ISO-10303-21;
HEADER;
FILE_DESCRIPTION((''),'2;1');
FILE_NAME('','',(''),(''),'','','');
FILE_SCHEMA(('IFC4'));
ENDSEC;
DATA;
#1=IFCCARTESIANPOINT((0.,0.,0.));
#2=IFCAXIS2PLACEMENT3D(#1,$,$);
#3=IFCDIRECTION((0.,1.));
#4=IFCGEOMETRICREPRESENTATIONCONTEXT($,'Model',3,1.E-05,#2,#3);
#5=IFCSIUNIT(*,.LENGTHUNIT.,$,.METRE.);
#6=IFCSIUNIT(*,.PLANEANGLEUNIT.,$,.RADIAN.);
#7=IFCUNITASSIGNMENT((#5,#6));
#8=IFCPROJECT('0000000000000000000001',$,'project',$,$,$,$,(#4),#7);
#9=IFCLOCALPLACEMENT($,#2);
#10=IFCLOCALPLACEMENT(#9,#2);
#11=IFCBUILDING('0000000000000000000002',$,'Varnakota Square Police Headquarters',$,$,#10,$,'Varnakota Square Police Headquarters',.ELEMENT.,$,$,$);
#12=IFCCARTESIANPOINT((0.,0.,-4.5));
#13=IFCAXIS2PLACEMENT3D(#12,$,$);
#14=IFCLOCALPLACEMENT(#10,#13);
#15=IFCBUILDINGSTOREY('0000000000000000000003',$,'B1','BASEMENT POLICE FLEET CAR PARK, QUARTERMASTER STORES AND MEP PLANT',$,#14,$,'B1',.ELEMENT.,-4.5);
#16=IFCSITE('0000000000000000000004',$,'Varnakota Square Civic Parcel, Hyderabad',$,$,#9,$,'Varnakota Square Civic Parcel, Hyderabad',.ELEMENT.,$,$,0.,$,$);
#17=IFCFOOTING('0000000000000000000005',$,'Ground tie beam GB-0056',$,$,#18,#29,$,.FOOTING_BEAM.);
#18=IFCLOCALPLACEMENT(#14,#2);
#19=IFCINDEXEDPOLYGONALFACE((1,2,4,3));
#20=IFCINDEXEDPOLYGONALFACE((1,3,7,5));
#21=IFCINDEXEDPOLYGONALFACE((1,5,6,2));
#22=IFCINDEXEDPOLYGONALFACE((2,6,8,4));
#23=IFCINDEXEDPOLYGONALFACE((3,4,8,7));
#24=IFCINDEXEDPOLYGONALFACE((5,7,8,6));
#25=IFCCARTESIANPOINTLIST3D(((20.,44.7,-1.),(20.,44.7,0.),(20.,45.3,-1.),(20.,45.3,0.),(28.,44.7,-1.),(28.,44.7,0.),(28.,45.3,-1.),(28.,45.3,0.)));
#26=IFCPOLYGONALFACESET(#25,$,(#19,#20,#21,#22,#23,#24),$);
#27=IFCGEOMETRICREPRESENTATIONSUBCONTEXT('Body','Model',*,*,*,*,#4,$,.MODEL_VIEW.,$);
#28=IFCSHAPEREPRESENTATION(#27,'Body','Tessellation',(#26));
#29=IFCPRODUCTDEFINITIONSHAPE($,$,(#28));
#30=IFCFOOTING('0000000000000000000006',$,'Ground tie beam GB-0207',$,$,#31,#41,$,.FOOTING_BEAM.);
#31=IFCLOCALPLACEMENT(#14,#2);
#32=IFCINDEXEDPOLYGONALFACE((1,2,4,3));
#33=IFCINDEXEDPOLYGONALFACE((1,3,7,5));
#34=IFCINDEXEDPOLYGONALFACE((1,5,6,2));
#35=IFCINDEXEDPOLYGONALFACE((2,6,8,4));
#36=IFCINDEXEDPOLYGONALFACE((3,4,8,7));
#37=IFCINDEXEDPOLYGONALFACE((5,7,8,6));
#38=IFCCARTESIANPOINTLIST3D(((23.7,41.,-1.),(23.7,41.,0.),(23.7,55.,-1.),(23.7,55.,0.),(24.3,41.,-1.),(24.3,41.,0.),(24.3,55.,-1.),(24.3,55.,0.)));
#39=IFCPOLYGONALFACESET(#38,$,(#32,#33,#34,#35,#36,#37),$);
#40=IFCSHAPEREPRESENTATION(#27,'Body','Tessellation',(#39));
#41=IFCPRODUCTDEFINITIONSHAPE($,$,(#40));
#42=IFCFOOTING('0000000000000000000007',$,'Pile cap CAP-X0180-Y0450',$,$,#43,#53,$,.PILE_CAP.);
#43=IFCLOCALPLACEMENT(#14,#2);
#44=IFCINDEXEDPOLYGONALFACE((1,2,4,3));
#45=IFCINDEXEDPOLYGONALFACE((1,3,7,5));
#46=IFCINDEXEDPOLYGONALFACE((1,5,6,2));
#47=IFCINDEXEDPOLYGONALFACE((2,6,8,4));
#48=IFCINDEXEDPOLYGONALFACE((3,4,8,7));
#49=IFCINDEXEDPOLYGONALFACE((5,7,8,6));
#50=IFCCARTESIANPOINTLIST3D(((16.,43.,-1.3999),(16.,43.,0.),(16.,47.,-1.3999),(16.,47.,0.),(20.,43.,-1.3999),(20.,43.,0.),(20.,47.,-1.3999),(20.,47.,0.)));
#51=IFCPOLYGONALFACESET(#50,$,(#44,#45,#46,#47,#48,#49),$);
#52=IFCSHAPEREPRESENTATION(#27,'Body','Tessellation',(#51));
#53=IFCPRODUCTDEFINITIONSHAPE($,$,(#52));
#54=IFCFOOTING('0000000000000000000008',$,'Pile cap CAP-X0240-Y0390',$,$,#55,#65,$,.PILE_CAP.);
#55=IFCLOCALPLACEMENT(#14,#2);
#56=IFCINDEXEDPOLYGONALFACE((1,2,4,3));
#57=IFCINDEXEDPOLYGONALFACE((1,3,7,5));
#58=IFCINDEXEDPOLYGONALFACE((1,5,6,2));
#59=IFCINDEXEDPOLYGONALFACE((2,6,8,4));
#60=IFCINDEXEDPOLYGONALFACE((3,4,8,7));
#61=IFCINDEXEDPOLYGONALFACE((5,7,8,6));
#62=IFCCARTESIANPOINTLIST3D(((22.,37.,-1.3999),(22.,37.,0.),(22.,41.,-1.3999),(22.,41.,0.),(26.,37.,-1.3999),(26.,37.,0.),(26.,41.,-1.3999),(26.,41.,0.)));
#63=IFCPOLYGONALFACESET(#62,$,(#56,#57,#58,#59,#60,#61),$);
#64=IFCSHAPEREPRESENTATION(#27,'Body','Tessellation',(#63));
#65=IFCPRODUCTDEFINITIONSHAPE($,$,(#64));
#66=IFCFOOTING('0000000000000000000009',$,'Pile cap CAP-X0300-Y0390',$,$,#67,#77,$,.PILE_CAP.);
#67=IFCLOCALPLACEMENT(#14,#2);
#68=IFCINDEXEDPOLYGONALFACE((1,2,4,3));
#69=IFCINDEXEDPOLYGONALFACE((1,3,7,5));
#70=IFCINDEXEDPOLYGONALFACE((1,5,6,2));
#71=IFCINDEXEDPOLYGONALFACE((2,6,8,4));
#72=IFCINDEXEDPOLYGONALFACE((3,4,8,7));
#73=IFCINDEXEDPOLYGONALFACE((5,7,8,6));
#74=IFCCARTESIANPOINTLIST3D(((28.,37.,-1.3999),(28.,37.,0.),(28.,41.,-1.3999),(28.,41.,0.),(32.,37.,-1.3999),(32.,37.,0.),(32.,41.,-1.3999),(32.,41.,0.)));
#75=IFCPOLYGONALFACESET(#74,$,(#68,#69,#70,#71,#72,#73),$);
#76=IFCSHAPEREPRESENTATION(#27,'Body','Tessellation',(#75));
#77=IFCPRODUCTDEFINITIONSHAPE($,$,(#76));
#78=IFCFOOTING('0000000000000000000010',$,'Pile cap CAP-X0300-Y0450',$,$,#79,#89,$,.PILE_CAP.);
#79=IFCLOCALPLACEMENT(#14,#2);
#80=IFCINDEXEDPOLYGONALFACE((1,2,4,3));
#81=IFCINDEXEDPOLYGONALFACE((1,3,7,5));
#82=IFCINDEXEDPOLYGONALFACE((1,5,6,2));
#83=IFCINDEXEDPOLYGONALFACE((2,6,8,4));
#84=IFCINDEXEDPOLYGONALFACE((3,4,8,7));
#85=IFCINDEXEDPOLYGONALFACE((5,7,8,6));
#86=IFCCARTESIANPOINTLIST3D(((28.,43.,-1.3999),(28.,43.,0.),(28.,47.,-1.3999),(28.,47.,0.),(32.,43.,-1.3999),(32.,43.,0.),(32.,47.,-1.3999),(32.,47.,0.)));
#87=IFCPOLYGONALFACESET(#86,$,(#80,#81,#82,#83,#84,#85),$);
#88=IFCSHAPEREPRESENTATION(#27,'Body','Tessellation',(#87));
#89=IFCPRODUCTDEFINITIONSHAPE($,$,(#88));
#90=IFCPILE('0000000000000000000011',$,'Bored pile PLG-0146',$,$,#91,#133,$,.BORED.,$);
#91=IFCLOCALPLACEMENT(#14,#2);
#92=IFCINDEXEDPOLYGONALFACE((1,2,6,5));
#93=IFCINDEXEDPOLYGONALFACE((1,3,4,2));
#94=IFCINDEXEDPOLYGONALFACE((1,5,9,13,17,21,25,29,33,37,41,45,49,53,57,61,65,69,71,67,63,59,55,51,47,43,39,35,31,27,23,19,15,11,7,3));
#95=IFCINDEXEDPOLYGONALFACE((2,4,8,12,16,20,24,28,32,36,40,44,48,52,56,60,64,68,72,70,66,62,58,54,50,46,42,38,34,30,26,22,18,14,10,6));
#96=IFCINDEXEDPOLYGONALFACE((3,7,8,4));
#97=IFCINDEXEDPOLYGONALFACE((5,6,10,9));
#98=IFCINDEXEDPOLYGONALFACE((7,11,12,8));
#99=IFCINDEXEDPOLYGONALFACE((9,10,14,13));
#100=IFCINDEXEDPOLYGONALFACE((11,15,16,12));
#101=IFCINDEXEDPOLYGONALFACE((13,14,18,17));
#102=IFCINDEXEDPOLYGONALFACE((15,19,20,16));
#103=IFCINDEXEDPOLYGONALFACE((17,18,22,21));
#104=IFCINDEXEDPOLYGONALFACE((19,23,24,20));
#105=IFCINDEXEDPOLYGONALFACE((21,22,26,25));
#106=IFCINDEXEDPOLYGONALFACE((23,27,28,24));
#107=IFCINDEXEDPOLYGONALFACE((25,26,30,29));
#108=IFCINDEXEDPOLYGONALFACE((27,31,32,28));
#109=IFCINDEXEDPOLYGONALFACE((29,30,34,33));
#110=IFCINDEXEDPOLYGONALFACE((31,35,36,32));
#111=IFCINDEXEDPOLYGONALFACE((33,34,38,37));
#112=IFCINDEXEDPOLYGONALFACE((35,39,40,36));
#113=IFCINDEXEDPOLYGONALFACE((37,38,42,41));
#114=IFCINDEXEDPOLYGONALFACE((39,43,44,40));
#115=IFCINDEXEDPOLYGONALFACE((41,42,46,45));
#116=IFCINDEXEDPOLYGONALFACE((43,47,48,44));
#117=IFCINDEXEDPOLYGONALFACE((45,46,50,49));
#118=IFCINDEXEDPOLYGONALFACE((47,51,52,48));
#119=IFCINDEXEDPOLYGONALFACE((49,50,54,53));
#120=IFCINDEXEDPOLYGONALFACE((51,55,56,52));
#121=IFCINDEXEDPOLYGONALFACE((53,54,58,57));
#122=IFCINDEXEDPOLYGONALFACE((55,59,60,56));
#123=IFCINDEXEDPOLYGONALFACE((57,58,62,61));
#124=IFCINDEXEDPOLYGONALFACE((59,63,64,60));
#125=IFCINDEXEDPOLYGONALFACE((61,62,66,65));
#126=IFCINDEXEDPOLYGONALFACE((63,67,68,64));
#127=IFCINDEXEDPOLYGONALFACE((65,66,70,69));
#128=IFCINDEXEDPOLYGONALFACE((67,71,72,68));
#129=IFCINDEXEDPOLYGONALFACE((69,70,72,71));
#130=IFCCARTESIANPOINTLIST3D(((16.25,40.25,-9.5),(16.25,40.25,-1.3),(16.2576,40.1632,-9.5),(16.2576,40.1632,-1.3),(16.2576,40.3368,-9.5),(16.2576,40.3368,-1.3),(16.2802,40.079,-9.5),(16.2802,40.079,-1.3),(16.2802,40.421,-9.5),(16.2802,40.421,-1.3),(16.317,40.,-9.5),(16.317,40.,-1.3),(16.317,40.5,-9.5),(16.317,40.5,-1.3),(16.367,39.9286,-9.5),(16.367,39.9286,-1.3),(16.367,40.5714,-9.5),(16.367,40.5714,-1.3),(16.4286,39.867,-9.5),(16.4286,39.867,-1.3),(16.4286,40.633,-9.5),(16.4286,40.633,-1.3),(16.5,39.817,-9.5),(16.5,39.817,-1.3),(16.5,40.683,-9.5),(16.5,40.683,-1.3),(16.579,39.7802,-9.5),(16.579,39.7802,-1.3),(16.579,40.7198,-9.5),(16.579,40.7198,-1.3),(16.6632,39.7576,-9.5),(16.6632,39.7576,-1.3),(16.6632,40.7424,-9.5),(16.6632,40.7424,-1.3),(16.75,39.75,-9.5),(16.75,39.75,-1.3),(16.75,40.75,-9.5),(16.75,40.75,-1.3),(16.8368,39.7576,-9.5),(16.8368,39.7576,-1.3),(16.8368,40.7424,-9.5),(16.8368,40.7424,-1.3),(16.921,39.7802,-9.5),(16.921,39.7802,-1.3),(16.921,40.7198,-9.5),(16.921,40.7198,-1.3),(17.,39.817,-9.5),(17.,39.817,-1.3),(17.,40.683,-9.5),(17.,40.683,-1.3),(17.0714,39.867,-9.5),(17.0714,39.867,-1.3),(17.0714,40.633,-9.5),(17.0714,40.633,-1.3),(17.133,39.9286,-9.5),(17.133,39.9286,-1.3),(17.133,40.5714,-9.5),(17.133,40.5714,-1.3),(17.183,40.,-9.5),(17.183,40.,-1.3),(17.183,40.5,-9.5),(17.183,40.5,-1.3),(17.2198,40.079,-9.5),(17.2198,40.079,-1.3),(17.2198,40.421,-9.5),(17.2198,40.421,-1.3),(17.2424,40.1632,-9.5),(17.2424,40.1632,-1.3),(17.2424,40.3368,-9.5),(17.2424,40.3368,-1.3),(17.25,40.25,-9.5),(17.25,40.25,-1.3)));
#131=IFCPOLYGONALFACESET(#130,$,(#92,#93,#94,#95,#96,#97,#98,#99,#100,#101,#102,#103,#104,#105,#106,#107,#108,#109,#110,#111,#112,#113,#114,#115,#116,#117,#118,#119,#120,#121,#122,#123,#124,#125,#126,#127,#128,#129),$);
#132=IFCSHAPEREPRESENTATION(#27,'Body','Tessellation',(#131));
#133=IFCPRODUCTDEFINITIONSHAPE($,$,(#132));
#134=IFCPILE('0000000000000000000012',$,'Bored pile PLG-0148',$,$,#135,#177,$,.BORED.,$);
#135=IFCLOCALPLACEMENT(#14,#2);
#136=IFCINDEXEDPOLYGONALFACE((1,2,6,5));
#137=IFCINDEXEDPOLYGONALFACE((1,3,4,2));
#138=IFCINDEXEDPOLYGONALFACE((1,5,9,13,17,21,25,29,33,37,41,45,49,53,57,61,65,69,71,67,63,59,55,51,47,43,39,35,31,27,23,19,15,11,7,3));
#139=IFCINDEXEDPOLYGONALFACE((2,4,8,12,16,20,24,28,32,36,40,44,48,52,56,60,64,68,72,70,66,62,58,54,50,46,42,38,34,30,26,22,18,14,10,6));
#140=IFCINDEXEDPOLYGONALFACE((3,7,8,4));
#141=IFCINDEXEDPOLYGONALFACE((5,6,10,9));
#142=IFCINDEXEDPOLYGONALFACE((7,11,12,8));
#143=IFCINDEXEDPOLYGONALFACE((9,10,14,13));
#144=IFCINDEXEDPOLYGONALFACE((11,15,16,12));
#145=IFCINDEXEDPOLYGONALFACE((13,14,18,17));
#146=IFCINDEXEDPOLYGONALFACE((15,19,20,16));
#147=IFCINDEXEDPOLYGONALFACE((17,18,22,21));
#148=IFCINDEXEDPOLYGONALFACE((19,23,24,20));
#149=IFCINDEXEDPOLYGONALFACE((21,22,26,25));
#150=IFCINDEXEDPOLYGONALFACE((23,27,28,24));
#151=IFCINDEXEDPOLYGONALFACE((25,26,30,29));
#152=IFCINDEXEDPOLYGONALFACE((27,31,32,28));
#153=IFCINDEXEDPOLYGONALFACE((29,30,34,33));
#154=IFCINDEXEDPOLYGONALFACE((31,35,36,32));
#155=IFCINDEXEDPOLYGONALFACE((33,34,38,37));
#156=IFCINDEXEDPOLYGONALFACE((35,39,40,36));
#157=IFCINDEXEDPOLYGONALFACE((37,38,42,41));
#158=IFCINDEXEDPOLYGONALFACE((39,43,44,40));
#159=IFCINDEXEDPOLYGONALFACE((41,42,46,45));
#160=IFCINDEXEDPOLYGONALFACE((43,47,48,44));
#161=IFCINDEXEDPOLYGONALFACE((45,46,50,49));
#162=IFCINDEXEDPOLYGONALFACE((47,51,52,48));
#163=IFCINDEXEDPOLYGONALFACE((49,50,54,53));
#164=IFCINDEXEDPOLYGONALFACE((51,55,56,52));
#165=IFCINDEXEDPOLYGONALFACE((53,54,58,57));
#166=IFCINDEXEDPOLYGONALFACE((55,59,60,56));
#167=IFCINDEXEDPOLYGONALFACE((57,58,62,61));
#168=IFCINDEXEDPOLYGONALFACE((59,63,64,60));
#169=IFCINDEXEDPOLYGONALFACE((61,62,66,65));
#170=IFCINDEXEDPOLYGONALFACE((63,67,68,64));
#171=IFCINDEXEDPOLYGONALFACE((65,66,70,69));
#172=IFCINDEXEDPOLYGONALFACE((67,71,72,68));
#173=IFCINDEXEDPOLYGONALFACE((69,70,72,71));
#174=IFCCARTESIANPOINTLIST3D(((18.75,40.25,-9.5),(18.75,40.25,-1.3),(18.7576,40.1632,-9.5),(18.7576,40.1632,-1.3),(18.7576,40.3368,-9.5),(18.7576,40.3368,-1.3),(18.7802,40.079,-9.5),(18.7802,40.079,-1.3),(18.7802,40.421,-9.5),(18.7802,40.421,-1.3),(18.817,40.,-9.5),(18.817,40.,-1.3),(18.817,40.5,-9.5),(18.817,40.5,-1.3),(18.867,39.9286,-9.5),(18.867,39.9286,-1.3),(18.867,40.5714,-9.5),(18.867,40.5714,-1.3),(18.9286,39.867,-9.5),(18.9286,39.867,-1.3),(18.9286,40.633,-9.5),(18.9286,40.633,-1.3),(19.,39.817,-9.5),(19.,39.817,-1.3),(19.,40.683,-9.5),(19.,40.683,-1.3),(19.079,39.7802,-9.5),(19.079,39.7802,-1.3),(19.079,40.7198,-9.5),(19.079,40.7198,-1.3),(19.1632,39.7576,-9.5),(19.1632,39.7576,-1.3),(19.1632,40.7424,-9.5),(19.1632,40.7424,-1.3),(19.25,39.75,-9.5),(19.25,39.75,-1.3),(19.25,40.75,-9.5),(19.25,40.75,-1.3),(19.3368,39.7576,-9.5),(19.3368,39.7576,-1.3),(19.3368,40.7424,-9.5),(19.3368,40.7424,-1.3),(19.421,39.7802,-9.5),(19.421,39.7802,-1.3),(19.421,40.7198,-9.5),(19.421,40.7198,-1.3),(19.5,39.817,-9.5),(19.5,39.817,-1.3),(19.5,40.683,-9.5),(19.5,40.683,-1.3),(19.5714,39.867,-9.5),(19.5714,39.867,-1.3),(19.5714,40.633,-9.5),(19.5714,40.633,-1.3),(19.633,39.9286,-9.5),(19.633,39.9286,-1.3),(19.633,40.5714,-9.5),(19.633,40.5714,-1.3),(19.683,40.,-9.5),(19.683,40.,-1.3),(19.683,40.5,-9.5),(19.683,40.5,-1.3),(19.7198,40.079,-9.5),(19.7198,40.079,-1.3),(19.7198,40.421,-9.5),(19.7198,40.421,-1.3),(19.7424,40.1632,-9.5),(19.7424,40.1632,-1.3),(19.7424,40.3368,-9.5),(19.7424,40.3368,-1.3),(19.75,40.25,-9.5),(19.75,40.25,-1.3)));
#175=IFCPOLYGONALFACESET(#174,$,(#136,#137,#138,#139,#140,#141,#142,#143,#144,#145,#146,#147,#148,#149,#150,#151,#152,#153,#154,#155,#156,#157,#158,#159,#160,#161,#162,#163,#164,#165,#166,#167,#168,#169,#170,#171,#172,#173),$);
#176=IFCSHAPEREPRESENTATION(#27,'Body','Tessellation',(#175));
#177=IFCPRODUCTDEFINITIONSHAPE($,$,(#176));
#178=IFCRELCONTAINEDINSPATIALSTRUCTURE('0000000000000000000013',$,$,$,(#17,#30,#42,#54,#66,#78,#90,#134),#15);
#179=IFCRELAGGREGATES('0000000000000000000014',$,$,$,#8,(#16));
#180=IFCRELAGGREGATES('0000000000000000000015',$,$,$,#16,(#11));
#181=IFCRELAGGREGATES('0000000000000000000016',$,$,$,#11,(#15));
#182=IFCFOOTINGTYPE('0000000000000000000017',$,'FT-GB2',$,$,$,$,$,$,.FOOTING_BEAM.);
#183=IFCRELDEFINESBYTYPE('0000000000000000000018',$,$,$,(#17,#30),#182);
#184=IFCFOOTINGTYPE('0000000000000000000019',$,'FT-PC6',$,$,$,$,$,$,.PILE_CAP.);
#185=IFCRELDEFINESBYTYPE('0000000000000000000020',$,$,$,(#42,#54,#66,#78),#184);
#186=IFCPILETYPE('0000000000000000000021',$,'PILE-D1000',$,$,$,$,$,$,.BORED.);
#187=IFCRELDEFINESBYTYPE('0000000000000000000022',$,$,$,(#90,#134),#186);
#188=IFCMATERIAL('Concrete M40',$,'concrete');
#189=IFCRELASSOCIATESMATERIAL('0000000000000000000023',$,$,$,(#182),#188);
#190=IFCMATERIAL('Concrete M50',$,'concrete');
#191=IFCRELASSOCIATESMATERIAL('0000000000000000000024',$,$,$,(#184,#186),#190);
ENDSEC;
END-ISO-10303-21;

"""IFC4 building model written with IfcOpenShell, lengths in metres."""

from ifc_helpers import new_model, si_unit, direction, frame, origin, origin_2d, place, context, subcontext, project, spatial, rectangle, circle, extrude, material, material_profile, profile_set, type_object, element, save


model = new_model("IFC4")

# Units and contexts
model_context = context("Model", 3, precision=1e-05, world=origin(), true_north=direction((0.0, 1.0)))
body_context = subcontext(model_context, "Body", "Model", "MODEL_VIEW")
ifc_project = project(units=[si_unit("LENGTHUNIT", "METRE"), si_unit("PLANEANGLEUNIT", "RADIAN")], contexts=[model_context])

# Site, building, storey
site_placement = place(None, origin())
site = spatial("IfcSite", under=ifc_project, at=site_placement, Name="Varnakota Square Civic Parcel, Hyderabad", LongName="Varnakota Square Civic Parcel, Hyderabad", CompositionType="ELEMENT", RefElevation=0.0)
building_placement = place(site_placement, origin())
building = spatial("IfcBuilding", under=site, at=building_placement, Name="Varnakota Square Police Headquarters", LongName="Varnakota Square Police Headquarters", CompositionType="ELEMENT")
storey_placement = place(building_placement, frame((0.0, 0.0, -4.5)))
storey = spatial("IfcBuildingStorey", under=building, at=storey_placement, Name="B1", Description="BASEMENT POLICE FLEET CAR PARK, QUARTERMASTER STORES AND MEP PLANT", LongName="B1", CompositionType="ELEMENT", Elevation=-4.5)

# Footings
ifc_material_1 = material(Name="Concrete M40", Category="concrete")
ifc_material_profile_1 = material_profile(ifc_material_1, rectangle(XDim=0.6001, YDim=1.0, at=origin_2d()), Name="GB 600x1000")
ifc_profile_set_1 = profile_set([ifc_material_profile_1], Name="Concrete M40")
footing_type_1 = type_object("IfcFootingType", Name="FT-GB2", PredefinedType="FOOTING_BEAM", material=ifc_profile_set_1)
footing_1_placement = place(storey_placement, frame((20.0, 45.0, -0.5), z_axis=(1.0, 0.0, 0.0), x_axis=(0.0, 1.0, 0.0)))
element("IfcFooting", 1, at=footing_1_placement, inside=storey, type_object=footing_type_1, Name="Ground tie beam GB-0056", PredefinedType="FOOTING_BEAM", context=body_context, shape_type="SweptSolid", body=[
    extrude(rectangle(XDim=0.6001, YDim=1.0, at=origin_2d()), origin(), (0.0, 0.0, 1.0), 8.0),
])
footing_2_placement = place(storey_placement, frame((24.0, 41.0, -0.5), z_axis=(0.0, 1.0, 0.0), x_axis=(-1.0, 0.0, 0.0)))
element("IfcFooting", 2, at=footing_2_placement, inside=storey, type_object=footing_type_1, Name="Ground tie beam GB-0207", PredefinedType="FOOTING_BEAM", context=body_context, shape_type="SweptSolid", body=[
    extrude(rectangle(XDim=0.6001, YDim=1.0, at=origin_2d()), origin(), (0.0, 0.0, 1.0), 14.0),
])
ifc_material_2 = material(Name="Concrete M50", Category="concrete")
footing_type_2 = type_object("IfcFootingType", Name="FT-PC6", PredefinedType="PILE_CAP", material=ifc_material_2)
for number, where, z_axis, x_axis, name in (
    (3, (18.0, 45.0, -1.3999), (0.0, 0.0, 1.0), (1.0, 0.0, 0.0), "Pile cap CAP-X0180-Y0450"),
    (4, (24.0, 39.0, -1.3999), (0.0, 0.0, 1.0), (1.0, 0.0, 0.0), "Pile cap CAP-X0240-Y0390"),
    (5, (30.0, 39.0, -1.3999), (0.0, 0.0, 1.0), (1.0, 0.0, 0.0), "Pile cap CAP-X0300-Y0390"),
    (6, (30.0, 45.0, -1.3999), (0.0, 0.0, 1.0), (1.0, 0.0, 0.0), "Pile cap CAP-X0300-Y0450"),
):
    element("IfcFooting", number, at=place(storey_placement, frame(where, z_axis=z_axis, x_axis=x_axis)), inside=storey, type_object=footing_type_2, Name=name, PredefinedType="PILE_CAP", context=body_context, shape_type="SweptSolid", body=[
        extrude(rectangle(XDim=4.0, YDim=4.0, at=origin_2d()), origin(), (0.0, 0.0, 1.0), 1.3999),
    ])

# Piles
ifc_material_profile_2 = material_profile(ifc_material_2, circle(Radius=0.5, at=origin_2d()), Name="BORED PILE 1000")
ifc_profile_set_2 = profile_set([ifc_material_profile_2], Name="Concrete M50")
pile_type = type_object("IfcPileType", Name="PILE-D1000", PredefinedType="BORED", material=ifc_profile_set_2)
for number, where, z_axis, x_axis, name in (
    (7, (16.75, 40.25, -1.3), (0.0, 0.0, -1.0), (1.0, 0.0, 0.0), "Bored pile PLG-0146"),
    (8, (19.25, 40.25, -1.3), (0.0, 0.0, -1.0), (1.0, 0.0, 0.0), "Bored pile PLG-0148"),
):
    element("IfcPile", number, at=place(storey_placement, frame(where, z_axis=z_axis, x_axis=x_axis)), inside=storey, type_object=pile_type, Name=name, PredefinedType="BORED", context=body_context, shape_type="SweptSolid", body=[
        extrude(circle(Radius=0.5, at=origin_2d()), origin(), (0.0, 0.0, 1.0), 8.2),
    ])

save(model, "model.ifc")
